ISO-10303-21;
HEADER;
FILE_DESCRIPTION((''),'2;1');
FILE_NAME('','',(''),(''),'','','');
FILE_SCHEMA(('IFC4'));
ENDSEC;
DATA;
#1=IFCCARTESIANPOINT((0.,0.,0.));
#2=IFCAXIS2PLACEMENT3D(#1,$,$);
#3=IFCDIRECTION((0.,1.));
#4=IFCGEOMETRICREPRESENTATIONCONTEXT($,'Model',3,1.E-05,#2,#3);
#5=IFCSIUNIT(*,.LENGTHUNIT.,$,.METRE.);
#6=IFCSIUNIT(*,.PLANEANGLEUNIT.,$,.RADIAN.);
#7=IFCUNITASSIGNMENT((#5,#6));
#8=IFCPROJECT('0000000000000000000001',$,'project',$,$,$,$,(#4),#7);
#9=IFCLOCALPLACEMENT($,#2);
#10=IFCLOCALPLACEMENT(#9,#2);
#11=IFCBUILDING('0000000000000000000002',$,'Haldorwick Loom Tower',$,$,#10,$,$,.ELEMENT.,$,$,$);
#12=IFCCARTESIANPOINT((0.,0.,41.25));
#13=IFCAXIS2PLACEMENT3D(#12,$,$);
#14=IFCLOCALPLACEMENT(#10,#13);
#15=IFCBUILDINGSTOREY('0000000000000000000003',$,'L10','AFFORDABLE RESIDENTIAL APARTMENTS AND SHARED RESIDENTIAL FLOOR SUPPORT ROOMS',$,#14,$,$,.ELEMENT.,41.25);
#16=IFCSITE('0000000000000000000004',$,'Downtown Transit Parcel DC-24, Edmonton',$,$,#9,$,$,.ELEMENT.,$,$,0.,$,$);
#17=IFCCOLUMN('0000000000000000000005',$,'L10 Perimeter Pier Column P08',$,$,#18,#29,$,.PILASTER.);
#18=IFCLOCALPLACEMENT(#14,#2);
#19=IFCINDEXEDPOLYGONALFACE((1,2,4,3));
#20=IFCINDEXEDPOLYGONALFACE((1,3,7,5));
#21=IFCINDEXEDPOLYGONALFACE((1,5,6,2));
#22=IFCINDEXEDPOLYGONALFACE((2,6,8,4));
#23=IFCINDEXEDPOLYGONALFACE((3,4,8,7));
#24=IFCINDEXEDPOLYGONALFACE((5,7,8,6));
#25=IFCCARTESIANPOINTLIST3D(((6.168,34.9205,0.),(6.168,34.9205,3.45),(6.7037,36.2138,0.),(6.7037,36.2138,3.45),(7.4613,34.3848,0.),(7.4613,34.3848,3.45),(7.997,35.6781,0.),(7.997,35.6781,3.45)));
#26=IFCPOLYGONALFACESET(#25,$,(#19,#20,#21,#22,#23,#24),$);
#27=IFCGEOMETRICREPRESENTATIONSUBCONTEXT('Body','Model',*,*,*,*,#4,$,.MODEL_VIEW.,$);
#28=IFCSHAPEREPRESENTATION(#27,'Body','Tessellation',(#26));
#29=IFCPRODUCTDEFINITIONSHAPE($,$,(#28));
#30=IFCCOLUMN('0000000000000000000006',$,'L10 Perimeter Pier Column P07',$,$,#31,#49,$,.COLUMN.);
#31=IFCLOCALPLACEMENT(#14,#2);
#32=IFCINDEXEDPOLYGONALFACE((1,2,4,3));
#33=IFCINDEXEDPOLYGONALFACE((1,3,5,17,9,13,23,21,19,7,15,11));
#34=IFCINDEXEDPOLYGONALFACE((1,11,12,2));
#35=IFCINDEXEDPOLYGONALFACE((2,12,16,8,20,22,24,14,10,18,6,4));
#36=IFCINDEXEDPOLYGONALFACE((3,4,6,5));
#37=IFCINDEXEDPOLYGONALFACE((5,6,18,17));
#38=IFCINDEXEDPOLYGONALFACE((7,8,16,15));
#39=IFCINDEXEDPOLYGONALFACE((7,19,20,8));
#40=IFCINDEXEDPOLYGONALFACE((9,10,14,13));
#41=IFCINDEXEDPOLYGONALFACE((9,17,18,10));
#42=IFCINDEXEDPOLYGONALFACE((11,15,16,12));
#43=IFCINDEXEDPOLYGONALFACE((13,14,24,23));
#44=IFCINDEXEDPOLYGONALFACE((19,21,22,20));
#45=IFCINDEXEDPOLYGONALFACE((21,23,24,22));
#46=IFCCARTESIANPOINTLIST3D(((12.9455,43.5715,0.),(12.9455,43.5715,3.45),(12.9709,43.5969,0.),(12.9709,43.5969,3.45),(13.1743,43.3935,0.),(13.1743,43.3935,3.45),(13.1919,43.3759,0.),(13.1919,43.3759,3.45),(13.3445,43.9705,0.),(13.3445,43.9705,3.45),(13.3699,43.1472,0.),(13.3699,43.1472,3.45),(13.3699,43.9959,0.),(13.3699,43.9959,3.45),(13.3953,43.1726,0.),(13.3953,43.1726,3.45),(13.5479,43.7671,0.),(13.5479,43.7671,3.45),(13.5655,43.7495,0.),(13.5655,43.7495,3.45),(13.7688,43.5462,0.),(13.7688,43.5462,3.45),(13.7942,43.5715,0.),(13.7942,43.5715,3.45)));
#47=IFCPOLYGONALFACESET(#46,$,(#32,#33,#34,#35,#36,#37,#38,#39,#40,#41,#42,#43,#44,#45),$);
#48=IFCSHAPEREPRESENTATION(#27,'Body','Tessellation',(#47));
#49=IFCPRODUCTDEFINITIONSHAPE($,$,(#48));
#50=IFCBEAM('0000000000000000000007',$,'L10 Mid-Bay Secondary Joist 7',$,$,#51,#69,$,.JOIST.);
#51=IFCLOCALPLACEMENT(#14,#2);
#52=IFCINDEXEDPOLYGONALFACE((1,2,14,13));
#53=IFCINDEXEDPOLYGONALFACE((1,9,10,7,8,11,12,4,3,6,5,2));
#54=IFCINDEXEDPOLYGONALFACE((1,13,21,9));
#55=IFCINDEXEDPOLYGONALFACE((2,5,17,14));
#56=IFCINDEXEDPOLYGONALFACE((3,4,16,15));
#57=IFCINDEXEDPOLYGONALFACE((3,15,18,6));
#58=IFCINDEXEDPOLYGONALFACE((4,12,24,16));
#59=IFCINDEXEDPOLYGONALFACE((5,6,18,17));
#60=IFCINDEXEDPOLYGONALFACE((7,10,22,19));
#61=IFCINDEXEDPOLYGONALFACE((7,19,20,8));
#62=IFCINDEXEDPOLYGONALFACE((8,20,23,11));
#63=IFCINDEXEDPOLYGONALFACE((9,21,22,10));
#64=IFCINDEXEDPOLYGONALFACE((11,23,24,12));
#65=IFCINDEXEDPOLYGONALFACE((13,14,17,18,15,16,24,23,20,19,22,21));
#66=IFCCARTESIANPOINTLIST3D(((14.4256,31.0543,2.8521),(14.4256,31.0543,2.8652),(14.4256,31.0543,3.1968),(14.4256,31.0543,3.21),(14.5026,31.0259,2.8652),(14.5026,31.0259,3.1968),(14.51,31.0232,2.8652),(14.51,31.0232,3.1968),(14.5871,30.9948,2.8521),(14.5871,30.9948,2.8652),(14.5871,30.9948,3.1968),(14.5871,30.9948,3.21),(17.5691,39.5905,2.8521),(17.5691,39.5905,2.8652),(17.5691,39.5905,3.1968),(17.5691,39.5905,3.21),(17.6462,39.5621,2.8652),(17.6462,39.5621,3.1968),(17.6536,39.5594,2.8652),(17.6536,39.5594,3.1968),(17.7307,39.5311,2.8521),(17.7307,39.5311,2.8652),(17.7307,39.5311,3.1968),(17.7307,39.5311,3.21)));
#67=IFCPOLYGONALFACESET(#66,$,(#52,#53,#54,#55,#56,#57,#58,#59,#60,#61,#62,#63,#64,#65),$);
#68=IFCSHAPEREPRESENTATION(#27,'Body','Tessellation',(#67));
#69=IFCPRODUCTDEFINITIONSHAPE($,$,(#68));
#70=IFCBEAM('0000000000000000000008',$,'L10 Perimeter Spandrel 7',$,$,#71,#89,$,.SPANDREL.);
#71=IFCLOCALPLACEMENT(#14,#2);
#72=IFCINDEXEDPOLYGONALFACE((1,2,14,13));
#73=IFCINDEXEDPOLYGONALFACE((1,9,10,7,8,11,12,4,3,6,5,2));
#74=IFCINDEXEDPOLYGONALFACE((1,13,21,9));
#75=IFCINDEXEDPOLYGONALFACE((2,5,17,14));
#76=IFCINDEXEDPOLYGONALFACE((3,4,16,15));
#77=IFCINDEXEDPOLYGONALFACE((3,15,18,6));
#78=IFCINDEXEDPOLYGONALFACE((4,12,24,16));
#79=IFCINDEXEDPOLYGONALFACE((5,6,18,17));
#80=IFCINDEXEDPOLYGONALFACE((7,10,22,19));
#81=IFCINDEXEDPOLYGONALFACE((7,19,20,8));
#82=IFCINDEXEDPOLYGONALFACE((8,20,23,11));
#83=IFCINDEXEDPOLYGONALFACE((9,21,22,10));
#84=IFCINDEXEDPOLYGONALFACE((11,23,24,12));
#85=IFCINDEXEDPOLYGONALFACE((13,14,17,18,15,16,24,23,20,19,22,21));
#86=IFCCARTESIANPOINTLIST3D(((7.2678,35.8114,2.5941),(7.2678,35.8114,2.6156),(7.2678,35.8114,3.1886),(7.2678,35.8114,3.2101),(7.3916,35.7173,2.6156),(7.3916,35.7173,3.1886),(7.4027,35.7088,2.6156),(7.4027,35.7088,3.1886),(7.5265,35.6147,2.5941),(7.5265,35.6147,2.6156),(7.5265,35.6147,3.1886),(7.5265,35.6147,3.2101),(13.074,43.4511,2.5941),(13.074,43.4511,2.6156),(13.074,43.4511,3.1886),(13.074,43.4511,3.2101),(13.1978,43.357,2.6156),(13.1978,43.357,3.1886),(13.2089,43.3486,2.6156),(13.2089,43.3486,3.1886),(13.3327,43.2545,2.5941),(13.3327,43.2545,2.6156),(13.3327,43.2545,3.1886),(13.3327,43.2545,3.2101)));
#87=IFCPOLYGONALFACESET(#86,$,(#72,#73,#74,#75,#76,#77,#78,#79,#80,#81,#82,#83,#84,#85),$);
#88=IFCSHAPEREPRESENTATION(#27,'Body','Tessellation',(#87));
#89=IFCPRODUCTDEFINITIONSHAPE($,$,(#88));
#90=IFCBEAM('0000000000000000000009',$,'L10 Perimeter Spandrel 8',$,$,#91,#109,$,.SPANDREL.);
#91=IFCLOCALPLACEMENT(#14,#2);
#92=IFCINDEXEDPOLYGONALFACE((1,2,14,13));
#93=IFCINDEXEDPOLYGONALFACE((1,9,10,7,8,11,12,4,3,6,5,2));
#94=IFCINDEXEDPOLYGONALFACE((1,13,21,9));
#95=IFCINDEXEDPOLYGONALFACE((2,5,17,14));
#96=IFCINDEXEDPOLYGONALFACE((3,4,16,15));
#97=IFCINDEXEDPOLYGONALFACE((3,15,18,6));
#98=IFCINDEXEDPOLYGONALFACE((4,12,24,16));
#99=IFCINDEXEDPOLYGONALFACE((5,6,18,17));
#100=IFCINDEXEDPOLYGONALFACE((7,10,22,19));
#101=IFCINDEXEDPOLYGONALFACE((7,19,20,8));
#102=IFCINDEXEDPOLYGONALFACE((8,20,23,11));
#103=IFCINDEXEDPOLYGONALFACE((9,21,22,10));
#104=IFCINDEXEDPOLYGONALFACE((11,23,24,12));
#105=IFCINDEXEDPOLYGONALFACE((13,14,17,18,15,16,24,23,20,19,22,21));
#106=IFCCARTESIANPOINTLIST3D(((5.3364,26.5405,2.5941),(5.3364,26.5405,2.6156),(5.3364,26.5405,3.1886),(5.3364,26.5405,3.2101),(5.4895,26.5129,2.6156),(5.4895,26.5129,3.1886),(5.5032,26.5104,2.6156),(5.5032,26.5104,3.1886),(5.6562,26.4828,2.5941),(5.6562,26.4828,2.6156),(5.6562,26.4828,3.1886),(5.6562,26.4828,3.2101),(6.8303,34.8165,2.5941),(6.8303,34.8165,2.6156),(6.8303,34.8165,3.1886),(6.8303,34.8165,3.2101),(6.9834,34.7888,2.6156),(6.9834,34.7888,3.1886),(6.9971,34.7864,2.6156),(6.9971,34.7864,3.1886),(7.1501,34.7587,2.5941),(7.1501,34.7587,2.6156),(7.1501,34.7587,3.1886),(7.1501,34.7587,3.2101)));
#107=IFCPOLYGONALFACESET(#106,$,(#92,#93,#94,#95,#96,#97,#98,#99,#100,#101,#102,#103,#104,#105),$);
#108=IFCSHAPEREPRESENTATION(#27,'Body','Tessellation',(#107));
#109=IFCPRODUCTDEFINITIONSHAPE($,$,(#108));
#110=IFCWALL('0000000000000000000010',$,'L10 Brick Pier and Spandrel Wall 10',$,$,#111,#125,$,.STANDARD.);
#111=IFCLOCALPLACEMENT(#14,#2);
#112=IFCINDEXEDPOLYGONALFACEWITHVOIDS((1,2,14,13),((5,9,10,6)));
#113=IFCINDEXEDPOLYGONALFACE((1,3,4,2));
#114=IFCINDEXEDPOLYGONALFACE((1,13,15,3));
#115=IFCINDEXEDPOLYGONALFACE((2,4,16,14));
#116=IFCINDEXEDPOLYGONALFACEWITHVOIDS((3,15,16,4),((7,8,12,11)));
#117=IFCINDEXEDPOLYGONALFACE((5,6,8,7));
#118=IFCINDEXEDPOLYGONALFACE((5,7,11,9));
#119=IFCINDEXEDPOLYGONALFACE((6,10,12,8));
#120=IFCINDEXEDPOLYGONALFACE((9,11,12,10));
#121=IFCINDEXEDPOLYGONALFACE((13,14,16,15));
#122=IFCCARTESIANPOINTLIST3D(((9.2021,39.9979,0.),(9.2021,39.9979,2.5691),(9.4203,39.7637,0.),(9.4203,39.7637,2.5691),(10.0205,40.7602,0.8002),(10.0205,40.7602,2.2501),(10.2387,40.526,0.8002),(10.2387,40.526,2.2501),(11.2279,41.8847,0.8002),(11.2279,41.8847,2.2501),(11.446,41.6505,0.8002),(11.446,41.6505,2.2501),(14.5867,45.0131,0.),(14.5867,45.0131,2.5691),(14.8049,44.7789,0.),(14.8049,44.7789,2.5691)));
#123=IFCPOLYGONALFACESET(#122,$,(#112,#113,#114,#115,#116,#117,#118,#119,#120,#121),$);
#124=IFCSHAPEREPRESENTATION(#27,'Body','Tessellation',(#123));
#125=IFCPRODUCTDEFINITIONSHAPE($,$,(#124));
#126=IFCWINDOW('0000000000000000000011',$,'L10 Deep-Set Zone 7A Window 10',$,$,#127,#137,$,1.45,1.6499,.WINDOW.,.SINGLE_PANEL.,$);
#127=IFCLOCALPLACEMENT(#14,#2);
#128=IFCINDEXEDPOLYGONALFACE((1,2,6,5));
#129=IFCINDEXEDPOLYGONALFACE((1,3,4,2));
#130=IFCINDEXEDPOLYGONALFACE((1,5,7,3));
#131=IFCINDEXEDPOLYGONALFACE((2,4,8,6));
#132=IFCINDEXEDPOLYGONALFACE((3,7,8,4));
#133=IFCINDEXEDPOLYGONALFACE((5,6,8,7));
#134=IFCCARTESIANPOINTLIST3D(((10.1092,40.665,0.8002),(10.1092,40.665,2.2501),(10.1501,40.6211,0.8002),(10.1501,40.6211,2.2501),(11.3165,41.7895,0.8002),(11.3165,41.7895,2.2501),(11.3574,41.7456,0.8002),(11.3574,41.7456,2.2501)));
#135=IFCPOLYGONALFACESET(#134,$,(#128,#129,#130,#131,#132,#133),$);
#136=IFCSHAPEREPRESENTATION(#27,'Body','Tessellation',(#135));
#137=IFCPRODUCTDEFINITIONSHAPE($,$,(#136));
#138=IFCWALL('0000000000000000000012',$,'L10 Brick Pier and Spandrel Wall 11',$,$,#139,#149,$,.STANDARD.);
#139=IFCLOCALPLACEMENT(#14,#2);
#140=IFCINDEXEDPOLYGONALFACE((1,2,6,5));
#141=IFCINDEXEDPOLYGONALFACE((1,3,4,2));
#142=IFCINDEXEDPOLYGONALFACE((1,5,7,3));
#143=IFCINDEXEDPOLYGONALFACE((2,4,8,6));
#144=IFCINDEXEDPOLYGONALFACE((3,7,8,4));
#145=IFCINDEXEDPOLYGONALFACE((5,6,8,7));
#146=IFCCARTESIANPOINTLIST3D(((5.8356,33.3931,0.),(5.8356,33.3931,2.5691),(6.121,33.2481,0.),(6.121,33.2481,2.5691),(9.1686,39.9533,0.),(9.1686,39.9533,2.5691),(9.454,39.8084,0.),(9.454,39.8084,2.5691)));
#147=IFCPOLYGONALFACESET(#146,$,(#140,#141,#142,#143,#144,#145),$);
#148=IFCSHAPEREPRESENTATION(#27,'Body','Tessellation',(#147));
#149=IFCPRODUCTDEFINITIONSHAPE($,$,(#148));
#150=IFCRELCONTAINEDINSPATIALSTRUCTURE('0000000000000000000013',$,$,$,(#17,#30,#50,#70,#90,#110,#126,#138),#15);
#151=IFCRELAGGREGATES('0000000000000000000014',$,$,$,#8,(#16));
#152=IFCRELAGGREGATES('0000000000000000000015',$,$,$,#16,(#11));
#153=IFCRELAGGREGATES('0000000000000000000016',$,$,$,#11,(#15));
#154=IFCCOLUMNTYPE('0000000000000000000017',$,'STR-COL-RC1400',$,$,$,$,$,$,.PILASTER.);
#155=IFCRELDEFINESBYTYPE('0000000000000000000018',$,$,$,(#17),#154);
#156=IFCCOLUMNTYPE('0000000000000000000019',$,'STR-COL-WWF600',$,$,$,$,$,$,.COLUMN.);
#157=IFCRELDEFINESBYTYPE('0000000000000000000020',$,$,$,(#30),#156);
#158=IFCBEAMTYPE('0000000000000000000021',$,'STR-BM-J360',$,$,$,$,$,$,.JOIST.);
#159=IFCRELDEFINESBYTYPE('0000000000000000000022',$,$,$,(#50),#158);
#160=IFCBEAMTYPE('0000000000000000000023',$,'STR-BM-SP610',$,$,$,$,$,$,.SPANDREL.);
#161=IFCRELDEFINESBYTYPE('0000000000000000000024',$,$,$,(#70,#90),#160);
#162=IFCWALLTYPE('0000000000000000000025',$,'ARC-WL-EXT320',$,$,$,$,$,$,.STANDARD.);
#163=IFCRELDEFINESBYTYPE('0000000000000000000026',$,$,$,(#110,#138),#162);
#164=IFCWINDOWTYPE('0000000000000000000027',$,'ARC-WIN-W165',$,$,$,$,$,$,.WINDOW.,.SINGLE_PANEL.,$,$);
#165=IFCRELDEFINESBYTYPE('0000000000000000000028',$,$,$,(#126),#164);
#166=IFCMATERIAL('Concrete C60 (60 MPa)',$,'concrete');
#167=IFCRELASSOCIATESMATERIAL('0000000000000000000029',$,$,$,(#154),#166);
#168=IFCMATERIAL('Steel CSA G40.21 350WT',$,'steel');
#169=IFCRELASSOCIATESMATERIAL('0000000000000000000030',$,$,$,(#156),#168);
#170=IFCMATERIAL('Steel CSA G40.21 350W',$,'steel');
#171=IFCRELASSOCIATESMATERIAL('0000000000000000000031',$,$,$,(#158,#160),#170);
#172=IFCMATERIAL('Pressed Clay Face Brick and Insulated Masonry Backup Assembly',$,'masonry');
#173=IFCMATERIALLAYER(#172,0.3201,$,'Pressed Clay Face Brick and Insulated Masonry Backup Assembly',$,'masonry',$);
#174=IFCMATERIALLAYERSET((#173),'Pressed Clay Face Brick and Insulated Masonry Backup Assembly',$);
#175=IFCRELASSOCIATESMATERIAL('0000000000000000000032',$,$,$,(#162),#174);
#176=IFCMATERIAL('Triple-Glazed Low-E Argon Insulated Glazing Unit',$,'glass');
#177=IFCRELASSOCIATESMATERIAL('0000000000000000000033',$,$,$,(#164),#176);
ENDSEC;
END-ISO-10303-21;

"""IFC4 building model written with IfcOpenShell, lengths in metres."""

from ifc_helpers import new_model, si_unit, direction, frame, frame_2d, origin, origin_2d, place, context, subcontext, project, spatial, rectangle, i_section, extrude, material, layer, layer_set, material_profile, profile_set, type_object, element, fill, save


model = new_model("IFC4")

# Units and contexts
model_context = context("Model", 3, precision=1e-05, world=origin(), true_north=direction((0.0, 1.0)))
body_context = subcontext(model_context, "Body", "Model", "MODEL_VIEW")
ifc_project = project(units=[si_unit("LENGTHUNIT", "METRE"), si_unit("PLANEANGLEUNIT", "RADIAN")], contexts=[model_context])

# Site, building, storey
site_placement = place(None, origin())
site = spatial("IfcSite", under=ifc_project, at=site_placement, Name="Downtown Transit Parcel DC-24, Edmonton", CompositionType="ELEMENT", RefElevation=0.0)
building_placement = place(site_placement, origin())
building = spatial("IfcBuilding", under=site, at=building_placement, Name="Haldorwick Loom Tower", CompositionType="ELEMENT")
storey_placement = place(building_placement, frame((0.0, 0.0, 41.25)))
storey = spatial("IfcBuildingStorey", under=building, at=storey_placement, Name="L10", Description="AFFORDABLE RESIDENTIAL APARTMENTS AND SHARED RESIDENTIAL FLOOR SUPPORT ROOMS", CompositionType="ELEMENT", Elevation=41.25)

# Columns
ifc_material_1 = material(Name="Concrete C60 (60 MPa)", Category="concrete")
ifc_material_profile_1 = material_profile(ifc_material_1, rectangle(XDim=1.3999, YDim=1.3999, at=origin_2d()), Name="RC1400X1400", Category="concrete")
ifc_profile_set_1 = profile_set([ifc_material_profile_1], Name="Concrete C60 (60 MPa)")
column_type_1 = type_object("IfcColumnType", Name="STR-COL-RC1400", PredefinedType="PILASTER", material=ifc_profile_set_1)
column_1_placement = place(storey_placement, frame((7.0825, 35.2993, 0.0), z_axis=(0.0, 0.0, 1.0), x_axis=(-0.92388, 0.382683, 0.0)))
element("IfcColumn", 1, at=column_1_placement, inside=storey, type_object=column_type_1, Name="L10 Perimeter Pier Column P08", PredefinedType="PILASTER", context=body_context, shape_type="SweptSolid", body=[
    extrude(rectangle(XDim=1.3999, YDim=1.3999, at=origin_2d()), origin(), (0.0, 0.0, 1.0), 3.45),
])
ifc_material_2 = material(Name="Steel CSA G40.21 350WT", Category="steel")
ifc_material_profile_2 = material_profile(ifc_material_2, i_section(OverallWidth=0.6001, OverallDepth=0.6001, WebThickness=0.0249, FlangeThickness=0.0359, at=origin_2d()), Name="WWF600X600", Category="steel")
ifc_profile_set_2 = profile_set([ifc_material_profile_2], Name="Steel CSA G40.21 350WT")
column_type_2 = type_object("IfcColumnType", Name="STR-COL-WWF600", PredefinedType="COLUMN", material=ifc_profile_set_2)
column_2_placement = place(storey_placement, frame((13.3699, 43.5715, 0.0), z_axis=(0.0, 0.0, 1.0), x_axis=(-0.707107, 0.707107, 0.0)))
element("IfcColumn", 2, at=column_2_placement, inside=storey, type_object=column_type_2, Name="L10 Perimeter Pier Column P07", PredefinedType="COLUMN", context=body_context, shape_type="SweptSolid", body=[
    extrude(i_section(OverallWidth=0.6001, OverallDepth=0.6001, WebThickness=0.0249, FlangeThickness=0.0359, at=origin_2d()), origin(), (0.0, 0.0, 1.0), 3.45),
])

# Beams
ifc_material_3 = material(Name="Steel CSA G40.21 350W", Category="steel")
ifc_material_profile_3 = material_profile(ifc_material_3, i_section(OverallWidth=0.1721, OverallDepth=0.3579, WebThickness=0.0078, FlangeThickness=0.0132, at=origin_2d()), Name="W360X57", Category="steel")
ifc_profile_set_3 = profile_set([ifc_material_profile_3], Name="Steel CSA G40.21 350W")
beam_type_1 = type_object("IfcBeamType", Name="STR-BM-J360", PredefinedType="JOIST", material=ifc_profile_set_3)
beam_1_placement = place(storey_placement, frame((17.6499, 39.5608, 3.031), z_axis=(-0.345576, -0.938391, 0.0), x_axis=(0.938391, -0.345576, 0.0)))
element("IfcBeam", 3, at=beam_1_placement, inside=storey, type_object=beam_type_1, Name="L10 Mid-Bay Secondary Joist 7", PredefinedType="JOIST", context=body_context, shape_type="SweptSolid", body=[
    extrude(i_section(OverallWidth=0.1721, OverallDepth=0.3579, WebThickness=0.0078, FlangeThickness=0.0132, at=origin_2d()), origin(), (0.0, 0.0, 1.0), 9.0967),
])
ifc_material_profile_4 = material_profile(ifc_material_3, i_section(OverallWidth=0.325, OverallDepth=0.616, WebThickness=0.0139, FlangeThickness=0.0215, at=origin_2d()), Name="W610X174", Category="steel")
ifc_profile_set_4 = profile_set([ifc_material_profile_4], Name="Steel CSA G40.21 350W")
beam_type_2 = type_object("IfcBeamType", Name="STR-BM-SP610", PredefinedType="SPANDREL", material=ifc_profile_set_4)
beam_2_placement = place(storey_placement, frame((13.2034, 43.3528, 2.9021), z_axis=(-0.605085, -0.796161, 0.0), x_axis=(0.796161, -0.605085, 0.0)))
element("IfcBeam", 4, at=beam_2_placement, inside=storey, type_object=beam_type_2, Name="L10 Perimeter Spandrel 7", PredefinedType="SPANDREL", context=body_context, shape_type="SweptSolid", body=[
    extrude(i_section(OverallWidth=0.325, OverallDepth=0.616, WebThickness=0.0139, FlangeThickness=0.0215, at=origin_2d()), origin(), (0.0, 0.0, 1.0), 9.5957),
])
beam_3_placement = place(storey_placement, frame((6.9902, 34.7876, 2.9021), z_axis=(-0.177641, -0.984095, 0.0), x_axis=(0.984095, -0.177641, 0.0)))
element("IfcBeam", 5, at=beam_3_placement, inside=storey, type_object=beam_type_2, Name="L10 Perimeter Spandrel 8", PredefinedType="SPANDREL", context=body_context, shape_type="SweptSolid", body=[
    extrude(i_section(OverallWidth=0.325, OverallDepth=0.616, WebThickness=0.0139, FlangeThickness=0.0215, at=origin_2d()), origin(), (0.0, 0.0, 1.0), 8.4097),
])

# Wall, opening, window
ifc_material_4 = material(Name="Pressed Clay Face Brick and Insulated Masonry Backup Assembly", Category="masonry")
ifc_layer_1 = layer(ifc_material_4, 0.3201, Name="Pressed Clay Face Brick and Insulated Masonry Backup Assembly", Category="masonry")
ifc_layer_set_1 = layer_set([ifc_layer_1], Name="Pressed Clay Face Brick and Insulated Masonry Backup Assembly")
wall_type_1 = type_object("IfcWallType", Name="ARC-WL-EXT320", PredefinedType="STANDARD", material=ifc_layer_set_1)
wall_1_placement = place(storey_placement, frame((14.6958, 44.896, 0.0), z_axis=(0.0, 0.0, 1.0), x_axis=(-0.731761, -0.681561, 0.0)))
wall_1 = element("IfcWall", 6, at=wall_1_placement, inside=storey, type_object=wall_type_1, Name="L10 Brick Pier and Spandrel Wall 10", PredefinedType="STANDARD", context=body_context, shape_type="SweptSolid", body=[
    extrude(rectangle(XDim=7.3584, YDim=0.3201, at=frame_2d((3.6792, 0.0))), origin(), (0.0, 0.0, 1.0), 2.5691),
])
opening_1_placement = place(wall_1_placement, frame((4.5901, 0.0, 0.8)))
opening_1 = element("IfcOpeningElement", 7, at=opening_1_placement, cuts=wall_1, PredefinedType="OPENING", context=body_context, shape_type="SweptSolid", body=[
    extrude(rectangle(XDim=1.6499, YDim=1.45, at=frame_2d((0.825, 0.7251))), frame((0.0, 0.1699, 0.0), z_axis=(0.0, -1.0, 0.0), x_axis=(1.0, 0.0, 0.0)), (0.0, 0.0, 1.0), 0.3401),
])
ifc_material_5 = material(Name="Triple-Glazed Low-E Argon Insulated Glazing Unit", Category="glass")
window_type = type_object("IfcWindowType", Name="ARC-WIN-W165", PartitioningType="SINGLE_PANEL", PredefinedType="WINDOW", material=ifc_material_5)
window_1_placement = place(opening_1_placement, origin())
window_1 = element("IfcWindow", 8, at=window_1_placement, inside=storey, type_object=window_type, Name="L10 Deep-Set Zone 7A Window 10", OverallHeight=1.45, OverallWidth=1.6499, PartitioningType="SINGLE_PANEL", PredefinedType="WINDOW", context=body_context, shape_type="SweptSolid", body=[
    extrude(rectangle(XDim=1.6499, YDim=1.45, at=frame_2d((0.825, 0.7251))), frame((0.0, 0.03, 0.0), z_axis=(0.0, -1.0, 0.0), x_axis=(1.0, 0.0, 0.0)), (0.0, 0.0, 1.0), 0.0601),
])
fill(opening_1, window_1)

# Wall
wall_2_placement = place(storey_placement, frame((9.3113, 39.8809, 0.0), z_axis=(0.0, 0.0, 1.0), x_axis=(-0.452951, -0.891535, 0.0)))
element("IfcWall", 9, at=wall_2_placement, inside=storey, type_object=wall_type_1, Name="L10 Brick Pier and Spandrel Wall 11", PredefinedType="STANDARD", context=body_context, shape_type="SweptSolid", body=[
    extrude(rectangle(XDim=7.3584, YDim=0.3201, at=frame_2d((3.6792, 0.0))), origin(), (0.0, 0.0, 1.0), 2.5691),
])

save(model, "model.ifc")
